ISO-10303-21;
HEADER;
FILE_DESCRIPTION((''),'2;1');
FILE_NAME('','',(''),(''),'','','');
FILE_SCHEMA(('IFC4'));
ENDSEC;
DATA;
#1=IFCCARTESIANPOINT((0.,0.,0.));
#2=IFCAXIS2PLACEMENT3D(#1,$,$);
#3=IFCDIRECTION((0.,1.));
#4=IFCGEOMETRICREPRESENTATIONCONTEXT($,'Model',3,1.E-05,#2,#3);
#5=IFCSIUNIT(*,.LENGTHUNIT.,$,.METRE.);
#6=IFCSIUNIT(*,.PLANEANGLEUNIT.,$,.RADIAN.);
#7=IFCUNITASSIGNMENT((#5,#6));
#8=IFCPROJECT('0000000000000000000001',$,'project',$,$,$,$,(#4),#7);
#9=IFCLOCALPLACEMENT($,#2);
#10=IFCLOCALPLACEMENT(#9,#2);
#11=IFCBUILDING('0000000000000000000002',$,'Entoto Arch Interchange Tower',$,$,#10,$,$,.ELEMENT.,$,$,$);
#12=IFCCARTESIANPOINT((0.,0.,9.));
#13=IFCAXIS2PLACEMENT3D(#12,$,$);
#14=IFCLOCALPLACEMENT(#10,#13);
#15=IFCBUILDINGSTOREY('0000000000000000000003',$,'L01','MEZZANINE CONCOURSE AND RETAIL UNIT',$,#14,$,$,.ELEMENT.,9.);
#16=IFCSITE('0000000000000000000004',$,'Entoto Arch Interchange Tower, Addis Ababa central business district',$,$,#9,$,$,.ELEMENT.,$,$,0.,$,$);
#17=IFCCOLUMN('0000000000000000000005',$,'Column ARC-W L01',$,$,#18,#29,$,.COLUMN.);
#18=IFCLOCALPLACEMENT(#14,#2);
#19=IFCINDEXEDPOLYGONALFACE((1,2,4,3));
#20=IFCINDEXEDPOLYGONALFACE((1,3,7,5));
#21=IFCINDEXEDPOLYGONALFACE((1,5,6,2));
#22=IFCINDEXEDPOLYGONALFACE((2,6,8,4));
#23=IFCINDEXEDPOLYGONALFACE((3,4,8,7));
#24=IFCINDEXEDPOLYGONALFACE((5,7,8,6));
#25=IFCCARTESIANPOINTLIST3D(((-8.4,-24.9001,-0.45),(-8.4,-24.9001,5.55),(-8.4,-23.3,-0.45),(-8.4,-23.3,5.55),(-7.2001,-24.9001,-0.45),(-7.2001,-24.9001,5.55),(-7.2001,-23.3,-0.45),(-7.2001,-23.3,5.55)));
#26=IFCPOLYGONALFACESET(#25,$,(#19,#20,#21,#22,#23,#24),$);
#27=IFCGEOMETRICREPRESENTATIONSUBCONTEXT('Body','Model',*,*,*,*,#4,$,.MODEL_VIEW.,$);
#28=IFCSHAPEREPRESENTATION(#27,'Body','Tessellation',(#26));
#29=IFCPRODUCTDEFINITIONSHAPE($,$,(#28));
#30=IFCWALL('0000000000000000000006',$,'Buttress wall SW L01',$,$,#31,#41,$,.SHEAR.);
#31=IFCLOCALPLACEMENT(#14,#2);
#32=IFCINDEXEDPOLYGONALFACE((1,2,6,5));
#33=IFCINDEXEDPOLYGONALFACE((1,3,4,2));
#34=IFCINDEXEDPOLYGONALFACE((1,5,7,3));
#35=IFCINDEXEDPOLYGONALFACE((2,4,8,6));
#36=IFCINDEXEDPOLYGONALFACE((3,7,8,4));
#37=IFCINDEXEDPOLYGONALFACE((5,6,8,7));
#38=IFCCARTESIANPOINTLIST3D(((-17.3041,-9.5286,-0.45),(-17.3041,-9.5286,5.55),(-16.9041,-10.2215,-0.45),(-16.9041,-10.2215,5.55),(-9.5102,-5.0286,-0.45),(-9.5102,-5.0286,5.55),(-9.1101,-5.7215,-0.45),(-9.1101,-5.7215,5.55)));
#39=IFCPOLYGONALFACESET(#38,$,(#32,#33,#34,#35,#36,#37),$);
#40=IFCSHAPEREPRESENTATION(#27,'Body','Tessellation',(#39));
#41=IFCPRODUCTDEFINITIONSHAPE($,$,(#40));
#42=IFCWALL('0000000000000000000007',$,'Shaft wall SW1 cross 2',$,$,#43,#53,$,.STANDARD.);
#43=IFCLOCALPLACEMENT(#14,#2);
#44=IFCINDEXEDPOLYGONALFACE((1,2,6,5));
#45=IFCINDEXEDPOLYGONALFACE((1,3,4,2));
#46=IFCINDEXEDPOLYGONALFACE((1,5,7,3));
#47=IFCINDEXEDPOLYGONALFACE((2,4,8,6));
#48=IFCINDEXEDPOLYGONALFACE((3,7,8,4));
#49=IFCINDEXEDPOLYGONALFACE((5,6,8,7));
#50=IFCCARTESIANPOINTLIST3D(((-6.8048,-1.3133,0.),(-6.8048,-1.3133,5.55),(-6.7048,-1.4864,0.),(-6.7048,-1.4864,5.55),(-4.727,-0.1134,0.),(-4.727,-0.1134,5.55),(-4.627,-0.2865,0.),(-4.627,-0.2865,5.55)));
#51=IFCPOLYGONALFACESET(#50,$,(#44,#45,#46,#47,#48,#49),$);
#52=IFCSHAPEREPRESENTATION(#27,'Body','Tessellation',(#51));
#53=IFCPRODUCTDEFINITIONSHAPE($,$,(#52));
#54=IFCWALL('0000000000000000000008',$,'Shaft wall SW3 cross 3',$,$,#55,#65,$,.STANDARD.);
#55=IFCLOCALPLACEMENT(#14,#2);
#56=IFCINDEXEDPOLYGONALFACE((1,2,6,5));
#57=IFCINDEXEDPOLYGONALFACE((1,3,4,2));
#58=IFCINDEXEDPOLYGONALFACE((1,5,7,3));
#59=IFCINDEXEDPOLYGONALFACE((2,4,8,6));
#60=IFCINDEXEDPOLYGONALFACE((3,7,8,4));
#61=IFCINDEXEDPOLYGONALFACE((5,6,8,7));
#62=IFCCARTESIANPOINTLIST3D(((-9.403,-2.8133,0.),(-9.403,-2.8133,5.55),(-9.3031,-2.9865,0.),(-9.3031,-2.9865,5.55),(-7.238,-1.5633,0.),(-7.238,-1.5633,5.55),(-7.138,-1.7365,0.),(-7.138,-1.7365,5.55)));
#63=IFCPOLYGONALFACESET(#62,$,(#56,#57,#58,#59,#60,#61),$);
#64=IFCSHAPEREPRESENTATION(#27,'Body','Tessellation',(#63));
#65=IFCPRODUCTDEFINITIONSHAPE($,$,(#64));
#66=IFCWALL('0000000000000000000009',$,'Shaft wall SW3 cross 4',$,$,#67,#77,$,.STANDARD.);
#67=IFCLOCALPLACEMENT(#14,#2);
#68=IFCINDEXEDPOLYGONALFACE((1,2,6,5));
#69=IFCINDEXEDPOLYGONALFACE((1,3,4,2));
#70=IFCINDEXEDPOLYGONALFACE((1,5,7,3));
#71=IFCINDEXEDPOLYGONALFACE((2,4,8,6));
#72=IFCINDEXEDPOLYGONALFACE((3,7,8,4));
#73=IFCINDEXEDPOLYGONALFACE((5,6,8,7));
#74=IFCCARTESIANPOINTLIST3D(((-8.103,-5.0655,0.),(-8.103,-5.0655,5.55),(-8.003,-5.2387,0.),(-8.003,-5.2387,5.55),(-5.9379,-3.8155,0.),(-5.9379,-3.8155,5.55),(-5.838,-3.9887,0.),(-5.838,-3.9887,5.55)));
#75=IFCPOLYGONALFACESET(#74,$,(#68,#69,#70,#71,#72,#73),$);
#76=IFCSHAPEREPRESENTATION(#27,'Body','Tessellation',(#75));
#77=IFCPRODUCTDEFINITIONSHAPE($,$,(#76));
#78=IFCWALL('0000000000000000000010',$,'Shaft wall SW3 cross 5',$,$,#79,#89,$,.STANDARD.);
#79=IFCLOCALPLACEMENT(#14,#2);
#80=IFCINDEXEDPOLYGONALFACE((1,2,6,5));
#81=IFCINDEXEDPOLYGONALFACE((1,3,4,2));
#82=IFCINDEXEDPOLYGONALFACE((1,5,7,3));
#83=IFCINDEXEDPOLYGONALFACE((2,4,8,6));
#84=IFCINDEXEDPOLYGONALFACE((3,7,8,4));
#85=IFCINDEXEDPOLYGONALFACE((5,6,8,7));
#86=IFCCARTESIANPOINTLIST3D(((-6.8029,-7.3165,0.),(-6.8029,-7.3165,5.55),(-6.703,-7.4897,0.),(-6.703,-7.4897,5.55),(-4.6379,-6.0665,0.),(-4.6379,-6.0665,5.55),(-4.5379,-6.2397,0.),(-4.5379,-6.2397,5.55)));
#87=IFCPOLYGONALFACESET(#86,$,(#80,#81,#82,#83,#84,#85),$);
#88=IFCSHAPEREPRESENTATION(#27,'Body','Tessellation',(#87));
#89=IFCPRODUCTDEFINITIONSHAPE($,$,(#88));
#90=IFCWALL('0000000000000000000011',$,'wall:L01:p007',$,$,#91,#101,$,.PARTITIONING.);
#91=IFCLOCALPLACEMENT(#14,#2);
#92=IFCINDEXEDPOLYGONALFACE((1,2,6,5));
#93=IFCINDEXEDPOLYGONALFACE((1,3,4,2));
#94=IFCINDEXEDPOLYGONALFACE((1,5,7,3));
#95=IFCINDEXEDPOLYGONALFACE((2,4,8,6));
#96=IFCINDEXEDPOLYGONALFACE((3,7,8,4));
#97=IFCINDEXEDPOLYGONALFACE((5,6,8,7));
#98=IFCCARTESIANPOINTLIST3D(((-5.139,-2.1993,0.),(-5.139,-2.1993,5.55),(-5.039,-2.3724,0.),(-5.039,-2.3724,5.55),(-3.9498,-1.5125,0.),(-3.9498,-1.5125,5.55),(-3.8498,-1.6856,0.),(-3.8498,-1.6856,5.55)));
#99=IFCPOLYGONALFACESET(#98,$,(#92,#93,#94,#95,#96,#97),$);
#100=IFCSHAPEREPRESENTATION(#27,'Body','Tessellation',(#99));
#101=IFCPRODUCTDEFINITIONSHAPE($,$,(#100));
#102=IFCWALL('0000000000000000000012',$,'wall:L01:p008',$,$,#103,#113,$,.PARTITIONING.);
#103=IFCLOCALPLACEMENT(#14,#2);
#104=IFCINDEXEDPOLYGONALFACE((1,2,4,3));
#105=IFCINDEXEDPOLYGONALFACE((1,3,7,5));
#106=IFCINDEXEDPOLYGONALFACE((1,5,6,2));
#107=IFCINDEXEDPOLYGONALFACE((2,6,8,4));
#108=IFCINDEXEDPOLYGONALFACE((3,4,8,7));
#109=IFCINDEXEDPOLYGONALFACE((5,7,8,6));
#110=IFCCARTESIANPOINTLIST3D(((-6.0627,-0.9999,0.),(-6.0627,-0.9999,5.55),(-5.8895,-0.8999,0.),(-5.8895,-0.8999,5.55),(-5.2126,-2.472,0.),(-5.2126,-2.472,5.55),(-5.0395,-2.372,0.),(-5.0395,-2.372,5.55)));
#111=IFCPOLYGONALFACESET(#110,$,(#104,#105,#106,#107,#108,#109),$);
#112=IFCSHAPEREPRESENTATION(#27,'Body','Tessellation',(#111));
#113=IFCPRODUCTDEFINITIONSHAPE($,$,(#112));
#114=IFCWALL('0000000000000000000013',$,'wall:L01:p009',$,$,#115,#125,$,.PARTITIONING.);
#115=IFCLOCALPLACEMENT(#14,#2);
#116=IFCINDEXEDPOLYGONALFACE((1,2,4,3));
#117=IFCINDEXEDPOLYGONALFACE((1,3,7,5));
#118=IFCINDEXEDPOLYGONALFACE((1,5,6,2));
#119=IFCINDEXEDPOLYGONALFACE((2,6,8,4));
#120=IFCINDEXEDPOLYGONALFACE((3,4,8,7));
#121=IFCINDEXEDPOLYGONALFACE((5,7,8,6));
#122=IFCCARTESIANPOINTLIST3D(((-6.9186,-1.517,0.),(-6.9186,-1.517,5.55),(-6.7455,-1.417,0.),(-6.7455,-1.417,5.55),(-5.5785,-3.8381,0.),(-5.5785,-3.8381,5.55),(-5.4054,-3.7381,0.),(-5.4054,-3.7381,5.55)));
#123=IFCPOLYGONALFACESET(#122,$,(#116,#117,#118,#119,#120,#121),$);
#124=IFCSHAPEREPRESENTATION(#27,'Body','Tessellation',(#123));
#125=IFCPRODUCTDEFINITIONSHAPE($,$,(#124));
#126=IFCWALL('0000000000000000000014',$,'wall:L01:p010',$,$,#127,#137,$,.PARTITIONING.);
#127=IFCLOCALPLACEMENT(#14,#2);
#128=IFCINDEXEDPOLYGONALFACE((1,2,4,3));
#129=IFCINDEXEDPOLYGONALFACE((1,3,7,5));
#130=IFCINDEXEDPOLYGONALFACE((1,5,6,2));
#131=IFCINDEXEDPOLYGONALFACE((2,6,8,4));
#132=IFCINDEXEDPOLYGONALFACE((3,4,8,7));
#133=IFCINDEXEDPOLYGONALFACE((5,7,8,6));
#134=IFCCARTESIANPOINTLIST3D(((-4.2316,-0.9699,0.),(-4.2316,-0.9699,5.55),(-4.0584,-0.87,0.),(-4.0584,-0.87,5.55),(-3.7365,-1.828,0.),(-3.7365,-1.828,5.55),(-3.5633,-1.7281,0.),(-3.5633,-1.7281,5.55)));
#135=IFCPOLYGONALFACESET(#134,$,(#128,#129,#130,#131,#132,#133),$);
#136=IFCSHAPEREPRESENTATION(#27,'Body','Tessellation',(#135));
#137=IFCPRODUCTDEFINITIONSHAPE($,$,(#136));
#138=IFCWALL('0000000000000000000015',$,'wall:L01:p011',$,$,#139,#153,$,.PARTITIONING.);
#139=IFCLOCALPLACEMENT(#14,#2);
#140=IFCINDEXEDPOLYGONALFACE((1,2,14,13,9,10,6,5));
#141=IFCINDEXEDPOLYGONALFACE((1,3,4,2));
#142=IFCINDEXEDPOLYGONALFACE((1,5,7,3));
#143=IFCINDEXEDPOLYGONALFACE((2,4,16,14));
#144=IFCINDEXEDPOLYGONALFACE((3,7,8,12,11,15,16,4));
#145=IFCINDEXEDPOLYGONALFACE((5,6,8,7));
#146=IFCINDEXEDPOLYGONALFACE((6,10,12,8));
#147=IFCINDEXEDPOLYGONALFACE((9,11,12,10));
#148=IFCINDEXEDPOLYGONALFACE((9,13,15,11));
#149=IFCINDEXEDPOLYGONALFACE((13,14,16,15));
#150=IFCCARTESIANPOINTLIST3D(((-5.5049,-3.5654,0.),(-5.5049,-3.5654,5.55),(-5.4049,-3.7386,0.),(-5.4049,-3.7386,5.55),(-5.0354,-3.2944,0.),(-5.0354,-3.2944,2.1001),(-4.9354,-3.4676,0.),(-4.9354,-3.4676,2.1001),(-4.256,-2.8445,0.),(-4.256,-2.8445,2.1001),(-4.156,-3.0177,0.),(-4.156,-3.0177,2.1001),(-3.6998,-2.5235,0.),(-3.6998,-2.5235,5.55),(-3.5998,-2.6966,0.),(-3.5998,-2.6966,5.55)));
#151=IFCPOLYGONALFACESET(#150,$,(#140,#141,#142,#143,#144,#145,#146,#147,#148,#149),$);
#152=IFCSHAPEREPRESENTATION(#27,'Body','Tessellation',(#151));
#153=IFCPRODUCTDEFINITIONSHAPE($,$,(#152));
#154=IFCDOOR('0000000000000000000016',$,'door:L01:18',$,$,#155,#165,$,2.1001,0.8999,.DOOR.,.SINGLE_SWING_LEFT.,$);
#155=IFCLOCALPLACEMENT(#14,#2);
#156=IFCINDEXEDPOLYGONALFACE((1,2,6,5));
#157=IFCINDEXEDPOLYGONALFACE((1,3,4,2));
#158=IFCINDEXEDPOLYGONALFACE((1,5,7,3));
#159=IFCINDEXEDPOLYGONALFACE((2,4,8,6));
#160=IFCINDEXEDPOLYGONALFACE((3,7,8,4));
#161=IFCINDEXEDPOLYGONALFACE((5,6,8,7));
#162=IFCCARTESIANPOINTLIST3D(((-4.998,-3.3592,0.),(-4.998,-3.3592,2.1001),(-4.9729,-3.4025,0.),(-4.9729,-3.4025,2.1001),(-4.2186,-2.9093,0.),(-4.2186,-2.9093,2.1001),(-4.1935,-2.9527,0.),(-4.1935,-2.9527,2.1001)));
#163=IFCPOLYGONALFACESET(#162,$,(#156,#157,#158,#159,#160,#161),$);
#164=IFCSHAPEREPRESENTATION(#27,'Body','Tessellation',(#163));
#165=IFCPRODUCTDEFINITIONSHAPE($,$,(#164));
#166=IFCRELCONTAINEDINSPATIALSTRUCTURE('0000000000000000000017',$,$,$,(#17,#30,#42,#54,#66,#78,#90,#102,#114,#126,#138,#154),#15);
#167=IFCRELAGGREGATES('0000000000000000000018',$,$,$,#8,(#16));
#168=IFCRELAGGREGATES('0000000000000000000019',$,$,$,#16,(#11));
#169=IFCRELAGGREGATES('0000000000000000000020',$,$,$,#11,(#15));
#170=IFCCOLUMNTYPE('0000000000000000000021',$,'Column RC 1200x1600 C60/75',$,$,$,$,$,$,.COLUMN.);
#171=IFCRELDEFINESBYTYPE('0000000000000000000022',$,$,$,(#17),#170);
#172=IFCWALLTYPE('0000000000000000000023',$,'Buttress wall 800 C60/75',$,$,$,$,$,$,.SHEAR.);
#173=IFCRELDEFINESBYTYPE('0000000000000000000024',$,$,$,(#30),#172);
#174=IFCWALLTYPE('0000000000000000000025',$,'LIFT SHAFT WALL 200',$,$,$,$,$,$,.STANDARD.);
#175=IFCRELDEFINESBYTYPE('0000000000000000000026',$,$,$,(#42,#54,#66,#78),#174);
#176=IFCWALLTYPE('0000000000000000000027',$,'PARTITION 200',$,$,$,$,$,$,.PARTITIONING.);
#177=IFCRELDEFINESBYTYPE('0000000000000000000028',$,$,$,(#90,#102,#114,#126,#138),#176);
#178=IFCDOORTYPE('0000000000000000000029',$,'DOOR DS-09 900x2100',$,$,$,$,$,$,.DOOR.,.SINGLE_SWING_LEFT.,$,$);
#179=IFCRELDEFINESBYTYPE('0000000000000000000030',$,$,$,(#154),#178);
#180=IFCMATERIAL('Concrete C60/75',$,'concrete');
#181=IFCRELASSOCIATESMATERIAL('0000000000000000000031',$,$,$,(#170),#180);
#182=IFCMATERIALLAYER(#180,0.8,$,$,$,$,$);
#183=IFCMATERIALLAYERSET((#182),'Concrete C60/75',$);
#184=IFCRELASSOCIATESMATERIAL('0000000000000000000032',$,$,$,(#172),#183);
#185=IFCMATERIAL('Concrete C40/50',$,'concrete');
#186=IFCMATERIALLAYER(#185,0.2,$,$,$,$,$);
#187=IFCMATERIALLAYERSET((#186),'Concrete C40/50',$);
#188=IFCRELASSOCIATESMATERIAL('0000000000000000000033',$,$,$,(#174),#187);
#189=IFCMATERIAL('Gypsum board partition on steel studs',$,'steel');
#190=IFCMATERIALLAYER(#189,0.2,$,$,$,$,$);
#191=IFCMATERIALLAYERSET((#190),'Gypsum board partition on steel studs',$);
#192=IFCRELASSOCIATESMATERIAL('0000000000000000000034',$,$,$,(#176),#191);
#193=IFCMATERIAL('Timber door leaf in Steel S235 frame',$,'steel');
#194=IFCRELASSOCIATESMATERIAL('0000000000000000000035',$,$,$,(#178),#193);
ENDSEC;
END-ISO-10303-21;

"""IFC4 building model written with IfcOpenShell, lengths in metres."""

from ifc_helpers import new_model, si_unit, direction, frame, frame_2d, origin, origin_2d, place, context, subcontext, project, spatial, rectangle, extrude, material, layer, layer_set, material_profile, profile_set, type_object, element, fill, save


model = new_model("IFC4")

# Units and contexts
model_context = context("Model", 3, precision=1e-05, world=origin(), true_north=direction((0.0, 1.0)))
body_context = subcontext(model_context, "Body", "Model", "MODEL_VIEW")
ifc_project = project(units=[si_unit("LENGTHUNIT", "METRE"), si_unit("PLANEANGLEUNIT", "RADIAN")], contexts=[model_context])

# Site, building, storey
site_placement = place(None, origin())
site = spatial("IfcSite", under=ifc_project, at=site_placement, Name="Entoto Arch Interchange Tower, Addis Ababa central business district", CompositionType="ELEMENT", RefElevation=0.0)
building_placement = place(site_placement, origin())
building = spatial("IfcBuilding", under=site, at=building_placement, Name="Entoto Arch Interchange Tower", CompositionType="ELEMENT")
storey_placement = place(building_placement, frame((0.0, 0.0, 9.0)))
storey = spatial("IfcBuildingStorey", under=building, at=storey_placement, Name="L01", Description="MEZZANINE CONCOURSE AND RETAIL UNIT", CompositionType="ELEMENT", Elevation=9.0)

# Column
ifc_material_1 = material(Name="Concrete C60/75", Category="concrete")
ifc_material_profile = material_profile(ifc_material_1, rectangle(XDim=1.2, YDim=1.6001, at=origin_2d()))
ifc_profile_set = profile_set([ifc_material_profile], Name="Concrete C60/75")
column_type = type_object("IfcColumnType", Name="Column RC 1200x1600 C60/75", PredefinedType="COLUMN", material=ifc_profile_set)
column_placement = place(storey_placement, frame((-7.8, -24.1001, -0.45), z_axis=(0.0, 0.0, 1.0), x_axis=(1.0, 0.0, 0.0)))
element("IfcColumn", 1, at=column_placement, inside=storey, type_object=column_type, Name="Column ARC-W L01", PredefinedType="COLUMN", context=body_context, shape_type="SweptSolid", body=[
    extrude(rectangle(XDim=1.2, YDim=1.6001, at=origin_2d()), origin(), (0.0, 0.0, 1.0), 6.0),
])

# Walls
ifc_layer_1 = layer(ifc_material_1, 0.8)
ifc_layer_set_1 = layer_set([ifc_layer_1], Name="Concrete C60/75")
wall_type_1 = type_object("IfcWallType", Name="Buttress wall 800 C60/75", PredefinedType="SHEAR", material=ifc_layer_set_1)
wall_1_placement = place(storey_placement, frame((-9.3101, -5.375, -0.45), z_axis=(0.0, 0.0, 1.0), x_axis=(-0.866018, -0.500014, 0.0)))
element("IfcWall", 2, at=wall_1_placement, inside=storey, type_object=wall_type_1, Name="Buttress wall SW L01", PredefinedType="SHEAR", context=body_context, shape_type="SweptSolid", body=[
    extrude(rectangle(XDim=8.9998, YDim=0.8, at=frame_2d((4.5, 0.0))), origin(), (0.0, 0.0, 1.0), 6.0),
])
ifc_material_2 = material(Name="Concrete C40/50", Category="concrete")
ifc_layer_2 = layer(ifc_material_2, 0.2)
ifc_layer_set_2 = layer_set([ifc_layer_2], Name="Concrete C40/50")
wall_type_2 = type_object("IfcWallType", Name="LIFT SHAFT WALL 200", PredefinedType="STANDARD", material=ifc_layer_set_2)
wall_2_placement = place(storey_placement, frame((-4.677, -0.2, 0.0), z_axis=(0.0, 0.0, 1.0), x_axis=(-0.865974, -0.500089, 0.0)))
element("IfcWall", 3, at=wall_2_placement, inside=storey, type_object=wall_type_2, Name="Shaft wall SW1 cross 2", PredefinedType="STANDARD", context=body_context, shape_type="SweptSolid", body=[
    extrude(rectangle(XDim=2.3994, YDim=0.2, at=frame_2d((1.1997, 0.0))), origin(), (0.0, 0.0, 1.0), 5.55),
])
for number, where, z_axis, x_axis, name in (
    (4, (-7.188, -1.6499, 0.0), (0.0, 0.0, 1.0), (-0.866023, -0.500004, 0.0), "Shaft wall SW3 cross 3"),
    (5, (-5.8879, -3.9021, 0.0), (0.0, 0.0, 1.0), (-0.866023, -0.500004, 0.0), "Shaft wall SW3 cross 4"),
    (6, (-4.5879, -6.1531, 0.0), (0.0, 0.0, 1.0), (-0.866023, -0.500004, 0.0), "Shaft wall SW3 cross 5"),
):
    element("IfcWall", number, at=place(storey_placement, frame(where, z_axis=z_axis, x_axis=x_axis)), inside=storey, type_object=wall_type_2, Name=name, PredefinedType="STANDARD", context=body_context, shape_type="SweptSolid", body=[
        extrude(rectangle(XDim=2.5, YDim=0.2, at=frame_2d((1.25, 0.0))), origin(), (0.0, 0.0, 1.0), 5.55),
    ])
ifc_material_3 = material(Name="Gypsum board partition on steel studs", Category="steel")
ifc_layer_3 = layer(ifc_material_3, 0.2)
ifc_layer_set_3 = layer_set([ifc_layer_3], Name="Gypsum board partition on steel studs")
wall_type_3 = type_object("IfcWallType", Name="PARTITION 200", PredefinedType="PARTITIONING", material=ifc_layer_set_3)
wall_3_placement = place(storey_placement, frame((-3.8999, -1.5991, 0.0), z_axis=(0.0, 0.0, 1.0), x_axis=(-0.865969, -0.500097, 0.0)))
element("IfcWall", 7, at=wall_3_placement, inside=storey, type_object=wall_type_3, Name="wall:L01:p007", PredefinedType="PARTITIONING", context=body_context, shape_type="SweptSolid", body=[
    extrude(rectangle(XDim=1.3733, YDim=0.2, at=frame_2d((0.6865, 0.0))), origin(), (0.0, 0.0, 1.0), 5.55),
])
wall_4_placement = place(storey_placement, frame((-5.126, -2.4221, 0.0), z_axis=(0.0, 0.0, 1.0), x_axis=(-0.500062, 0.865989, 0.0)))
element("IfcWall", 8, at=wall_4_placement, inside=storey, type_object=wall_type_3, Name="wall:L01:p008", PredefinedType="PARTITIONING", context=body_context, shape_type="SweptSolid", body=[
    extrude(rectangle(XDim=1.7, YDim=0.2, at=frame_2d((0.8501, 0.0))), origin(), (0.0, 0.0, 1.0), 5.55),
])
wall_5_placement = place(storey_placement, frame((-5.4919, -3.7881, 0.0), z_axis=(0.0, 0.0, 1.0), x_axis=(-0.500009, 0.86602, 0.0)))
element("IfcWall", 9, at=wall_5_placement, inside=storey, type_object=wall_type_3, Name="wall:L01:p009", PredefinedType="PARTITIONING", context=body_context, shape_type="SweptSolid", body=[
    extrude(rectangle(XDim=2.6802, YDim=0.2, at=frame_2d((1.3401, 0.0))), origin(), (0.0, 0.0, 1.0), 5.55),
])
wall_6_placement = place(storey_placement, frame((-4.145, -0.9199, 0.0), z_axis=(0.0, 0.0, 1.0), x_axis=(0.499744, -0.866173, 0.0)))
element("IfcWall", 10, at=wall_6_placement, inside=storey, type_object=wall_type_3, Name="wall:L01:p010", PredefinedType="PARTITIONING", context=body_context, shape_type="SweptSolid", body=[
    extrude(rectangle(XDim=0.9907, YDim=0.2, at=frame_2d((0.4954, 0.0))), origin(), (0.0, 0.0, 1.0), 5.55),
])

# Wall, opening, door
wall_7_placement = place(storey_placement, frame((-3.6499, -2.6101, 0.0), z_axis=(0.0, 0.0, 1.0), x_axis=(-0.866072, -0.499918, 0.0)))
wall_7 = element("IfcWall", 11, at=wall_7_placement, inside=storey, type_object=wall_type_3, Name="wall:L01:p011", PredefinedType="PARTITIONING", context=body_context, shape_type="SweptSolid", body=[
    extrude(rectangle(XDim=2.0842, YDim=0.2, at=frame_2d((1.042, 0.0))), origin(), (0.0, 0.0, 1.0), 5.55),
])
opening_1_placement = place(wall_7_placement, frame((0.6421, 0.0, 0.0)))
opening_1 = element("IfcOpeningElement", 12, at=opening_1_placement, cuts=wall_7, PredefinedType="OPENING", context=body_context, shape_type="SweptSolid", body=[
    extrude(rectangle(XDim=0.8999, YDim=2.1001, at=frame_2d((0.45, 1.05))), frame((0.0, 0.1099, 0.0), z_axis=(0.0, -1.0, 0.0), x_axis=(1.0, 0.0, 0.0)), (0.0, 0.0, 1.0), 0.22),
])
ifc_material_4 = material(Name="Timber door leaf in Steel S235 frame", Category="steel")
door_type_1 = type_object("IfcDoorType", Name="DOOR DS-09 900x2100", OperationType="SINGLE_SWING_LEFT", PredefinedType="DOOR", material=ifc_material_4)
door_1_placement = place(opening_1_placement, origin())
door_1 = element("IfcDoor", 13, at=door_1_placement, inside=storey, type_object=door_type_1, Name="door:L01:18", OperationType="SINGLE_SWING_LEFT", OverallHeight=2.1001, OverallWidth=0.8999, PredefinedType="DOOR", context=body_context, shape_type="SweptSolid", body=[
    extrude(rectangle(XDim=0.8999, YDim=2.1001, at=frame_2d((0.45, 1.05))), frame((0.0, 0.0249, 0.0), z_axis=(0.0, -1.0, 0.0), x_axis=(1.0, 0.0, 0.0)), (0.0, 0.0, 1.0), 0.05),
])
fill(opening_1, door_1)

save(model, "model.ifc")
